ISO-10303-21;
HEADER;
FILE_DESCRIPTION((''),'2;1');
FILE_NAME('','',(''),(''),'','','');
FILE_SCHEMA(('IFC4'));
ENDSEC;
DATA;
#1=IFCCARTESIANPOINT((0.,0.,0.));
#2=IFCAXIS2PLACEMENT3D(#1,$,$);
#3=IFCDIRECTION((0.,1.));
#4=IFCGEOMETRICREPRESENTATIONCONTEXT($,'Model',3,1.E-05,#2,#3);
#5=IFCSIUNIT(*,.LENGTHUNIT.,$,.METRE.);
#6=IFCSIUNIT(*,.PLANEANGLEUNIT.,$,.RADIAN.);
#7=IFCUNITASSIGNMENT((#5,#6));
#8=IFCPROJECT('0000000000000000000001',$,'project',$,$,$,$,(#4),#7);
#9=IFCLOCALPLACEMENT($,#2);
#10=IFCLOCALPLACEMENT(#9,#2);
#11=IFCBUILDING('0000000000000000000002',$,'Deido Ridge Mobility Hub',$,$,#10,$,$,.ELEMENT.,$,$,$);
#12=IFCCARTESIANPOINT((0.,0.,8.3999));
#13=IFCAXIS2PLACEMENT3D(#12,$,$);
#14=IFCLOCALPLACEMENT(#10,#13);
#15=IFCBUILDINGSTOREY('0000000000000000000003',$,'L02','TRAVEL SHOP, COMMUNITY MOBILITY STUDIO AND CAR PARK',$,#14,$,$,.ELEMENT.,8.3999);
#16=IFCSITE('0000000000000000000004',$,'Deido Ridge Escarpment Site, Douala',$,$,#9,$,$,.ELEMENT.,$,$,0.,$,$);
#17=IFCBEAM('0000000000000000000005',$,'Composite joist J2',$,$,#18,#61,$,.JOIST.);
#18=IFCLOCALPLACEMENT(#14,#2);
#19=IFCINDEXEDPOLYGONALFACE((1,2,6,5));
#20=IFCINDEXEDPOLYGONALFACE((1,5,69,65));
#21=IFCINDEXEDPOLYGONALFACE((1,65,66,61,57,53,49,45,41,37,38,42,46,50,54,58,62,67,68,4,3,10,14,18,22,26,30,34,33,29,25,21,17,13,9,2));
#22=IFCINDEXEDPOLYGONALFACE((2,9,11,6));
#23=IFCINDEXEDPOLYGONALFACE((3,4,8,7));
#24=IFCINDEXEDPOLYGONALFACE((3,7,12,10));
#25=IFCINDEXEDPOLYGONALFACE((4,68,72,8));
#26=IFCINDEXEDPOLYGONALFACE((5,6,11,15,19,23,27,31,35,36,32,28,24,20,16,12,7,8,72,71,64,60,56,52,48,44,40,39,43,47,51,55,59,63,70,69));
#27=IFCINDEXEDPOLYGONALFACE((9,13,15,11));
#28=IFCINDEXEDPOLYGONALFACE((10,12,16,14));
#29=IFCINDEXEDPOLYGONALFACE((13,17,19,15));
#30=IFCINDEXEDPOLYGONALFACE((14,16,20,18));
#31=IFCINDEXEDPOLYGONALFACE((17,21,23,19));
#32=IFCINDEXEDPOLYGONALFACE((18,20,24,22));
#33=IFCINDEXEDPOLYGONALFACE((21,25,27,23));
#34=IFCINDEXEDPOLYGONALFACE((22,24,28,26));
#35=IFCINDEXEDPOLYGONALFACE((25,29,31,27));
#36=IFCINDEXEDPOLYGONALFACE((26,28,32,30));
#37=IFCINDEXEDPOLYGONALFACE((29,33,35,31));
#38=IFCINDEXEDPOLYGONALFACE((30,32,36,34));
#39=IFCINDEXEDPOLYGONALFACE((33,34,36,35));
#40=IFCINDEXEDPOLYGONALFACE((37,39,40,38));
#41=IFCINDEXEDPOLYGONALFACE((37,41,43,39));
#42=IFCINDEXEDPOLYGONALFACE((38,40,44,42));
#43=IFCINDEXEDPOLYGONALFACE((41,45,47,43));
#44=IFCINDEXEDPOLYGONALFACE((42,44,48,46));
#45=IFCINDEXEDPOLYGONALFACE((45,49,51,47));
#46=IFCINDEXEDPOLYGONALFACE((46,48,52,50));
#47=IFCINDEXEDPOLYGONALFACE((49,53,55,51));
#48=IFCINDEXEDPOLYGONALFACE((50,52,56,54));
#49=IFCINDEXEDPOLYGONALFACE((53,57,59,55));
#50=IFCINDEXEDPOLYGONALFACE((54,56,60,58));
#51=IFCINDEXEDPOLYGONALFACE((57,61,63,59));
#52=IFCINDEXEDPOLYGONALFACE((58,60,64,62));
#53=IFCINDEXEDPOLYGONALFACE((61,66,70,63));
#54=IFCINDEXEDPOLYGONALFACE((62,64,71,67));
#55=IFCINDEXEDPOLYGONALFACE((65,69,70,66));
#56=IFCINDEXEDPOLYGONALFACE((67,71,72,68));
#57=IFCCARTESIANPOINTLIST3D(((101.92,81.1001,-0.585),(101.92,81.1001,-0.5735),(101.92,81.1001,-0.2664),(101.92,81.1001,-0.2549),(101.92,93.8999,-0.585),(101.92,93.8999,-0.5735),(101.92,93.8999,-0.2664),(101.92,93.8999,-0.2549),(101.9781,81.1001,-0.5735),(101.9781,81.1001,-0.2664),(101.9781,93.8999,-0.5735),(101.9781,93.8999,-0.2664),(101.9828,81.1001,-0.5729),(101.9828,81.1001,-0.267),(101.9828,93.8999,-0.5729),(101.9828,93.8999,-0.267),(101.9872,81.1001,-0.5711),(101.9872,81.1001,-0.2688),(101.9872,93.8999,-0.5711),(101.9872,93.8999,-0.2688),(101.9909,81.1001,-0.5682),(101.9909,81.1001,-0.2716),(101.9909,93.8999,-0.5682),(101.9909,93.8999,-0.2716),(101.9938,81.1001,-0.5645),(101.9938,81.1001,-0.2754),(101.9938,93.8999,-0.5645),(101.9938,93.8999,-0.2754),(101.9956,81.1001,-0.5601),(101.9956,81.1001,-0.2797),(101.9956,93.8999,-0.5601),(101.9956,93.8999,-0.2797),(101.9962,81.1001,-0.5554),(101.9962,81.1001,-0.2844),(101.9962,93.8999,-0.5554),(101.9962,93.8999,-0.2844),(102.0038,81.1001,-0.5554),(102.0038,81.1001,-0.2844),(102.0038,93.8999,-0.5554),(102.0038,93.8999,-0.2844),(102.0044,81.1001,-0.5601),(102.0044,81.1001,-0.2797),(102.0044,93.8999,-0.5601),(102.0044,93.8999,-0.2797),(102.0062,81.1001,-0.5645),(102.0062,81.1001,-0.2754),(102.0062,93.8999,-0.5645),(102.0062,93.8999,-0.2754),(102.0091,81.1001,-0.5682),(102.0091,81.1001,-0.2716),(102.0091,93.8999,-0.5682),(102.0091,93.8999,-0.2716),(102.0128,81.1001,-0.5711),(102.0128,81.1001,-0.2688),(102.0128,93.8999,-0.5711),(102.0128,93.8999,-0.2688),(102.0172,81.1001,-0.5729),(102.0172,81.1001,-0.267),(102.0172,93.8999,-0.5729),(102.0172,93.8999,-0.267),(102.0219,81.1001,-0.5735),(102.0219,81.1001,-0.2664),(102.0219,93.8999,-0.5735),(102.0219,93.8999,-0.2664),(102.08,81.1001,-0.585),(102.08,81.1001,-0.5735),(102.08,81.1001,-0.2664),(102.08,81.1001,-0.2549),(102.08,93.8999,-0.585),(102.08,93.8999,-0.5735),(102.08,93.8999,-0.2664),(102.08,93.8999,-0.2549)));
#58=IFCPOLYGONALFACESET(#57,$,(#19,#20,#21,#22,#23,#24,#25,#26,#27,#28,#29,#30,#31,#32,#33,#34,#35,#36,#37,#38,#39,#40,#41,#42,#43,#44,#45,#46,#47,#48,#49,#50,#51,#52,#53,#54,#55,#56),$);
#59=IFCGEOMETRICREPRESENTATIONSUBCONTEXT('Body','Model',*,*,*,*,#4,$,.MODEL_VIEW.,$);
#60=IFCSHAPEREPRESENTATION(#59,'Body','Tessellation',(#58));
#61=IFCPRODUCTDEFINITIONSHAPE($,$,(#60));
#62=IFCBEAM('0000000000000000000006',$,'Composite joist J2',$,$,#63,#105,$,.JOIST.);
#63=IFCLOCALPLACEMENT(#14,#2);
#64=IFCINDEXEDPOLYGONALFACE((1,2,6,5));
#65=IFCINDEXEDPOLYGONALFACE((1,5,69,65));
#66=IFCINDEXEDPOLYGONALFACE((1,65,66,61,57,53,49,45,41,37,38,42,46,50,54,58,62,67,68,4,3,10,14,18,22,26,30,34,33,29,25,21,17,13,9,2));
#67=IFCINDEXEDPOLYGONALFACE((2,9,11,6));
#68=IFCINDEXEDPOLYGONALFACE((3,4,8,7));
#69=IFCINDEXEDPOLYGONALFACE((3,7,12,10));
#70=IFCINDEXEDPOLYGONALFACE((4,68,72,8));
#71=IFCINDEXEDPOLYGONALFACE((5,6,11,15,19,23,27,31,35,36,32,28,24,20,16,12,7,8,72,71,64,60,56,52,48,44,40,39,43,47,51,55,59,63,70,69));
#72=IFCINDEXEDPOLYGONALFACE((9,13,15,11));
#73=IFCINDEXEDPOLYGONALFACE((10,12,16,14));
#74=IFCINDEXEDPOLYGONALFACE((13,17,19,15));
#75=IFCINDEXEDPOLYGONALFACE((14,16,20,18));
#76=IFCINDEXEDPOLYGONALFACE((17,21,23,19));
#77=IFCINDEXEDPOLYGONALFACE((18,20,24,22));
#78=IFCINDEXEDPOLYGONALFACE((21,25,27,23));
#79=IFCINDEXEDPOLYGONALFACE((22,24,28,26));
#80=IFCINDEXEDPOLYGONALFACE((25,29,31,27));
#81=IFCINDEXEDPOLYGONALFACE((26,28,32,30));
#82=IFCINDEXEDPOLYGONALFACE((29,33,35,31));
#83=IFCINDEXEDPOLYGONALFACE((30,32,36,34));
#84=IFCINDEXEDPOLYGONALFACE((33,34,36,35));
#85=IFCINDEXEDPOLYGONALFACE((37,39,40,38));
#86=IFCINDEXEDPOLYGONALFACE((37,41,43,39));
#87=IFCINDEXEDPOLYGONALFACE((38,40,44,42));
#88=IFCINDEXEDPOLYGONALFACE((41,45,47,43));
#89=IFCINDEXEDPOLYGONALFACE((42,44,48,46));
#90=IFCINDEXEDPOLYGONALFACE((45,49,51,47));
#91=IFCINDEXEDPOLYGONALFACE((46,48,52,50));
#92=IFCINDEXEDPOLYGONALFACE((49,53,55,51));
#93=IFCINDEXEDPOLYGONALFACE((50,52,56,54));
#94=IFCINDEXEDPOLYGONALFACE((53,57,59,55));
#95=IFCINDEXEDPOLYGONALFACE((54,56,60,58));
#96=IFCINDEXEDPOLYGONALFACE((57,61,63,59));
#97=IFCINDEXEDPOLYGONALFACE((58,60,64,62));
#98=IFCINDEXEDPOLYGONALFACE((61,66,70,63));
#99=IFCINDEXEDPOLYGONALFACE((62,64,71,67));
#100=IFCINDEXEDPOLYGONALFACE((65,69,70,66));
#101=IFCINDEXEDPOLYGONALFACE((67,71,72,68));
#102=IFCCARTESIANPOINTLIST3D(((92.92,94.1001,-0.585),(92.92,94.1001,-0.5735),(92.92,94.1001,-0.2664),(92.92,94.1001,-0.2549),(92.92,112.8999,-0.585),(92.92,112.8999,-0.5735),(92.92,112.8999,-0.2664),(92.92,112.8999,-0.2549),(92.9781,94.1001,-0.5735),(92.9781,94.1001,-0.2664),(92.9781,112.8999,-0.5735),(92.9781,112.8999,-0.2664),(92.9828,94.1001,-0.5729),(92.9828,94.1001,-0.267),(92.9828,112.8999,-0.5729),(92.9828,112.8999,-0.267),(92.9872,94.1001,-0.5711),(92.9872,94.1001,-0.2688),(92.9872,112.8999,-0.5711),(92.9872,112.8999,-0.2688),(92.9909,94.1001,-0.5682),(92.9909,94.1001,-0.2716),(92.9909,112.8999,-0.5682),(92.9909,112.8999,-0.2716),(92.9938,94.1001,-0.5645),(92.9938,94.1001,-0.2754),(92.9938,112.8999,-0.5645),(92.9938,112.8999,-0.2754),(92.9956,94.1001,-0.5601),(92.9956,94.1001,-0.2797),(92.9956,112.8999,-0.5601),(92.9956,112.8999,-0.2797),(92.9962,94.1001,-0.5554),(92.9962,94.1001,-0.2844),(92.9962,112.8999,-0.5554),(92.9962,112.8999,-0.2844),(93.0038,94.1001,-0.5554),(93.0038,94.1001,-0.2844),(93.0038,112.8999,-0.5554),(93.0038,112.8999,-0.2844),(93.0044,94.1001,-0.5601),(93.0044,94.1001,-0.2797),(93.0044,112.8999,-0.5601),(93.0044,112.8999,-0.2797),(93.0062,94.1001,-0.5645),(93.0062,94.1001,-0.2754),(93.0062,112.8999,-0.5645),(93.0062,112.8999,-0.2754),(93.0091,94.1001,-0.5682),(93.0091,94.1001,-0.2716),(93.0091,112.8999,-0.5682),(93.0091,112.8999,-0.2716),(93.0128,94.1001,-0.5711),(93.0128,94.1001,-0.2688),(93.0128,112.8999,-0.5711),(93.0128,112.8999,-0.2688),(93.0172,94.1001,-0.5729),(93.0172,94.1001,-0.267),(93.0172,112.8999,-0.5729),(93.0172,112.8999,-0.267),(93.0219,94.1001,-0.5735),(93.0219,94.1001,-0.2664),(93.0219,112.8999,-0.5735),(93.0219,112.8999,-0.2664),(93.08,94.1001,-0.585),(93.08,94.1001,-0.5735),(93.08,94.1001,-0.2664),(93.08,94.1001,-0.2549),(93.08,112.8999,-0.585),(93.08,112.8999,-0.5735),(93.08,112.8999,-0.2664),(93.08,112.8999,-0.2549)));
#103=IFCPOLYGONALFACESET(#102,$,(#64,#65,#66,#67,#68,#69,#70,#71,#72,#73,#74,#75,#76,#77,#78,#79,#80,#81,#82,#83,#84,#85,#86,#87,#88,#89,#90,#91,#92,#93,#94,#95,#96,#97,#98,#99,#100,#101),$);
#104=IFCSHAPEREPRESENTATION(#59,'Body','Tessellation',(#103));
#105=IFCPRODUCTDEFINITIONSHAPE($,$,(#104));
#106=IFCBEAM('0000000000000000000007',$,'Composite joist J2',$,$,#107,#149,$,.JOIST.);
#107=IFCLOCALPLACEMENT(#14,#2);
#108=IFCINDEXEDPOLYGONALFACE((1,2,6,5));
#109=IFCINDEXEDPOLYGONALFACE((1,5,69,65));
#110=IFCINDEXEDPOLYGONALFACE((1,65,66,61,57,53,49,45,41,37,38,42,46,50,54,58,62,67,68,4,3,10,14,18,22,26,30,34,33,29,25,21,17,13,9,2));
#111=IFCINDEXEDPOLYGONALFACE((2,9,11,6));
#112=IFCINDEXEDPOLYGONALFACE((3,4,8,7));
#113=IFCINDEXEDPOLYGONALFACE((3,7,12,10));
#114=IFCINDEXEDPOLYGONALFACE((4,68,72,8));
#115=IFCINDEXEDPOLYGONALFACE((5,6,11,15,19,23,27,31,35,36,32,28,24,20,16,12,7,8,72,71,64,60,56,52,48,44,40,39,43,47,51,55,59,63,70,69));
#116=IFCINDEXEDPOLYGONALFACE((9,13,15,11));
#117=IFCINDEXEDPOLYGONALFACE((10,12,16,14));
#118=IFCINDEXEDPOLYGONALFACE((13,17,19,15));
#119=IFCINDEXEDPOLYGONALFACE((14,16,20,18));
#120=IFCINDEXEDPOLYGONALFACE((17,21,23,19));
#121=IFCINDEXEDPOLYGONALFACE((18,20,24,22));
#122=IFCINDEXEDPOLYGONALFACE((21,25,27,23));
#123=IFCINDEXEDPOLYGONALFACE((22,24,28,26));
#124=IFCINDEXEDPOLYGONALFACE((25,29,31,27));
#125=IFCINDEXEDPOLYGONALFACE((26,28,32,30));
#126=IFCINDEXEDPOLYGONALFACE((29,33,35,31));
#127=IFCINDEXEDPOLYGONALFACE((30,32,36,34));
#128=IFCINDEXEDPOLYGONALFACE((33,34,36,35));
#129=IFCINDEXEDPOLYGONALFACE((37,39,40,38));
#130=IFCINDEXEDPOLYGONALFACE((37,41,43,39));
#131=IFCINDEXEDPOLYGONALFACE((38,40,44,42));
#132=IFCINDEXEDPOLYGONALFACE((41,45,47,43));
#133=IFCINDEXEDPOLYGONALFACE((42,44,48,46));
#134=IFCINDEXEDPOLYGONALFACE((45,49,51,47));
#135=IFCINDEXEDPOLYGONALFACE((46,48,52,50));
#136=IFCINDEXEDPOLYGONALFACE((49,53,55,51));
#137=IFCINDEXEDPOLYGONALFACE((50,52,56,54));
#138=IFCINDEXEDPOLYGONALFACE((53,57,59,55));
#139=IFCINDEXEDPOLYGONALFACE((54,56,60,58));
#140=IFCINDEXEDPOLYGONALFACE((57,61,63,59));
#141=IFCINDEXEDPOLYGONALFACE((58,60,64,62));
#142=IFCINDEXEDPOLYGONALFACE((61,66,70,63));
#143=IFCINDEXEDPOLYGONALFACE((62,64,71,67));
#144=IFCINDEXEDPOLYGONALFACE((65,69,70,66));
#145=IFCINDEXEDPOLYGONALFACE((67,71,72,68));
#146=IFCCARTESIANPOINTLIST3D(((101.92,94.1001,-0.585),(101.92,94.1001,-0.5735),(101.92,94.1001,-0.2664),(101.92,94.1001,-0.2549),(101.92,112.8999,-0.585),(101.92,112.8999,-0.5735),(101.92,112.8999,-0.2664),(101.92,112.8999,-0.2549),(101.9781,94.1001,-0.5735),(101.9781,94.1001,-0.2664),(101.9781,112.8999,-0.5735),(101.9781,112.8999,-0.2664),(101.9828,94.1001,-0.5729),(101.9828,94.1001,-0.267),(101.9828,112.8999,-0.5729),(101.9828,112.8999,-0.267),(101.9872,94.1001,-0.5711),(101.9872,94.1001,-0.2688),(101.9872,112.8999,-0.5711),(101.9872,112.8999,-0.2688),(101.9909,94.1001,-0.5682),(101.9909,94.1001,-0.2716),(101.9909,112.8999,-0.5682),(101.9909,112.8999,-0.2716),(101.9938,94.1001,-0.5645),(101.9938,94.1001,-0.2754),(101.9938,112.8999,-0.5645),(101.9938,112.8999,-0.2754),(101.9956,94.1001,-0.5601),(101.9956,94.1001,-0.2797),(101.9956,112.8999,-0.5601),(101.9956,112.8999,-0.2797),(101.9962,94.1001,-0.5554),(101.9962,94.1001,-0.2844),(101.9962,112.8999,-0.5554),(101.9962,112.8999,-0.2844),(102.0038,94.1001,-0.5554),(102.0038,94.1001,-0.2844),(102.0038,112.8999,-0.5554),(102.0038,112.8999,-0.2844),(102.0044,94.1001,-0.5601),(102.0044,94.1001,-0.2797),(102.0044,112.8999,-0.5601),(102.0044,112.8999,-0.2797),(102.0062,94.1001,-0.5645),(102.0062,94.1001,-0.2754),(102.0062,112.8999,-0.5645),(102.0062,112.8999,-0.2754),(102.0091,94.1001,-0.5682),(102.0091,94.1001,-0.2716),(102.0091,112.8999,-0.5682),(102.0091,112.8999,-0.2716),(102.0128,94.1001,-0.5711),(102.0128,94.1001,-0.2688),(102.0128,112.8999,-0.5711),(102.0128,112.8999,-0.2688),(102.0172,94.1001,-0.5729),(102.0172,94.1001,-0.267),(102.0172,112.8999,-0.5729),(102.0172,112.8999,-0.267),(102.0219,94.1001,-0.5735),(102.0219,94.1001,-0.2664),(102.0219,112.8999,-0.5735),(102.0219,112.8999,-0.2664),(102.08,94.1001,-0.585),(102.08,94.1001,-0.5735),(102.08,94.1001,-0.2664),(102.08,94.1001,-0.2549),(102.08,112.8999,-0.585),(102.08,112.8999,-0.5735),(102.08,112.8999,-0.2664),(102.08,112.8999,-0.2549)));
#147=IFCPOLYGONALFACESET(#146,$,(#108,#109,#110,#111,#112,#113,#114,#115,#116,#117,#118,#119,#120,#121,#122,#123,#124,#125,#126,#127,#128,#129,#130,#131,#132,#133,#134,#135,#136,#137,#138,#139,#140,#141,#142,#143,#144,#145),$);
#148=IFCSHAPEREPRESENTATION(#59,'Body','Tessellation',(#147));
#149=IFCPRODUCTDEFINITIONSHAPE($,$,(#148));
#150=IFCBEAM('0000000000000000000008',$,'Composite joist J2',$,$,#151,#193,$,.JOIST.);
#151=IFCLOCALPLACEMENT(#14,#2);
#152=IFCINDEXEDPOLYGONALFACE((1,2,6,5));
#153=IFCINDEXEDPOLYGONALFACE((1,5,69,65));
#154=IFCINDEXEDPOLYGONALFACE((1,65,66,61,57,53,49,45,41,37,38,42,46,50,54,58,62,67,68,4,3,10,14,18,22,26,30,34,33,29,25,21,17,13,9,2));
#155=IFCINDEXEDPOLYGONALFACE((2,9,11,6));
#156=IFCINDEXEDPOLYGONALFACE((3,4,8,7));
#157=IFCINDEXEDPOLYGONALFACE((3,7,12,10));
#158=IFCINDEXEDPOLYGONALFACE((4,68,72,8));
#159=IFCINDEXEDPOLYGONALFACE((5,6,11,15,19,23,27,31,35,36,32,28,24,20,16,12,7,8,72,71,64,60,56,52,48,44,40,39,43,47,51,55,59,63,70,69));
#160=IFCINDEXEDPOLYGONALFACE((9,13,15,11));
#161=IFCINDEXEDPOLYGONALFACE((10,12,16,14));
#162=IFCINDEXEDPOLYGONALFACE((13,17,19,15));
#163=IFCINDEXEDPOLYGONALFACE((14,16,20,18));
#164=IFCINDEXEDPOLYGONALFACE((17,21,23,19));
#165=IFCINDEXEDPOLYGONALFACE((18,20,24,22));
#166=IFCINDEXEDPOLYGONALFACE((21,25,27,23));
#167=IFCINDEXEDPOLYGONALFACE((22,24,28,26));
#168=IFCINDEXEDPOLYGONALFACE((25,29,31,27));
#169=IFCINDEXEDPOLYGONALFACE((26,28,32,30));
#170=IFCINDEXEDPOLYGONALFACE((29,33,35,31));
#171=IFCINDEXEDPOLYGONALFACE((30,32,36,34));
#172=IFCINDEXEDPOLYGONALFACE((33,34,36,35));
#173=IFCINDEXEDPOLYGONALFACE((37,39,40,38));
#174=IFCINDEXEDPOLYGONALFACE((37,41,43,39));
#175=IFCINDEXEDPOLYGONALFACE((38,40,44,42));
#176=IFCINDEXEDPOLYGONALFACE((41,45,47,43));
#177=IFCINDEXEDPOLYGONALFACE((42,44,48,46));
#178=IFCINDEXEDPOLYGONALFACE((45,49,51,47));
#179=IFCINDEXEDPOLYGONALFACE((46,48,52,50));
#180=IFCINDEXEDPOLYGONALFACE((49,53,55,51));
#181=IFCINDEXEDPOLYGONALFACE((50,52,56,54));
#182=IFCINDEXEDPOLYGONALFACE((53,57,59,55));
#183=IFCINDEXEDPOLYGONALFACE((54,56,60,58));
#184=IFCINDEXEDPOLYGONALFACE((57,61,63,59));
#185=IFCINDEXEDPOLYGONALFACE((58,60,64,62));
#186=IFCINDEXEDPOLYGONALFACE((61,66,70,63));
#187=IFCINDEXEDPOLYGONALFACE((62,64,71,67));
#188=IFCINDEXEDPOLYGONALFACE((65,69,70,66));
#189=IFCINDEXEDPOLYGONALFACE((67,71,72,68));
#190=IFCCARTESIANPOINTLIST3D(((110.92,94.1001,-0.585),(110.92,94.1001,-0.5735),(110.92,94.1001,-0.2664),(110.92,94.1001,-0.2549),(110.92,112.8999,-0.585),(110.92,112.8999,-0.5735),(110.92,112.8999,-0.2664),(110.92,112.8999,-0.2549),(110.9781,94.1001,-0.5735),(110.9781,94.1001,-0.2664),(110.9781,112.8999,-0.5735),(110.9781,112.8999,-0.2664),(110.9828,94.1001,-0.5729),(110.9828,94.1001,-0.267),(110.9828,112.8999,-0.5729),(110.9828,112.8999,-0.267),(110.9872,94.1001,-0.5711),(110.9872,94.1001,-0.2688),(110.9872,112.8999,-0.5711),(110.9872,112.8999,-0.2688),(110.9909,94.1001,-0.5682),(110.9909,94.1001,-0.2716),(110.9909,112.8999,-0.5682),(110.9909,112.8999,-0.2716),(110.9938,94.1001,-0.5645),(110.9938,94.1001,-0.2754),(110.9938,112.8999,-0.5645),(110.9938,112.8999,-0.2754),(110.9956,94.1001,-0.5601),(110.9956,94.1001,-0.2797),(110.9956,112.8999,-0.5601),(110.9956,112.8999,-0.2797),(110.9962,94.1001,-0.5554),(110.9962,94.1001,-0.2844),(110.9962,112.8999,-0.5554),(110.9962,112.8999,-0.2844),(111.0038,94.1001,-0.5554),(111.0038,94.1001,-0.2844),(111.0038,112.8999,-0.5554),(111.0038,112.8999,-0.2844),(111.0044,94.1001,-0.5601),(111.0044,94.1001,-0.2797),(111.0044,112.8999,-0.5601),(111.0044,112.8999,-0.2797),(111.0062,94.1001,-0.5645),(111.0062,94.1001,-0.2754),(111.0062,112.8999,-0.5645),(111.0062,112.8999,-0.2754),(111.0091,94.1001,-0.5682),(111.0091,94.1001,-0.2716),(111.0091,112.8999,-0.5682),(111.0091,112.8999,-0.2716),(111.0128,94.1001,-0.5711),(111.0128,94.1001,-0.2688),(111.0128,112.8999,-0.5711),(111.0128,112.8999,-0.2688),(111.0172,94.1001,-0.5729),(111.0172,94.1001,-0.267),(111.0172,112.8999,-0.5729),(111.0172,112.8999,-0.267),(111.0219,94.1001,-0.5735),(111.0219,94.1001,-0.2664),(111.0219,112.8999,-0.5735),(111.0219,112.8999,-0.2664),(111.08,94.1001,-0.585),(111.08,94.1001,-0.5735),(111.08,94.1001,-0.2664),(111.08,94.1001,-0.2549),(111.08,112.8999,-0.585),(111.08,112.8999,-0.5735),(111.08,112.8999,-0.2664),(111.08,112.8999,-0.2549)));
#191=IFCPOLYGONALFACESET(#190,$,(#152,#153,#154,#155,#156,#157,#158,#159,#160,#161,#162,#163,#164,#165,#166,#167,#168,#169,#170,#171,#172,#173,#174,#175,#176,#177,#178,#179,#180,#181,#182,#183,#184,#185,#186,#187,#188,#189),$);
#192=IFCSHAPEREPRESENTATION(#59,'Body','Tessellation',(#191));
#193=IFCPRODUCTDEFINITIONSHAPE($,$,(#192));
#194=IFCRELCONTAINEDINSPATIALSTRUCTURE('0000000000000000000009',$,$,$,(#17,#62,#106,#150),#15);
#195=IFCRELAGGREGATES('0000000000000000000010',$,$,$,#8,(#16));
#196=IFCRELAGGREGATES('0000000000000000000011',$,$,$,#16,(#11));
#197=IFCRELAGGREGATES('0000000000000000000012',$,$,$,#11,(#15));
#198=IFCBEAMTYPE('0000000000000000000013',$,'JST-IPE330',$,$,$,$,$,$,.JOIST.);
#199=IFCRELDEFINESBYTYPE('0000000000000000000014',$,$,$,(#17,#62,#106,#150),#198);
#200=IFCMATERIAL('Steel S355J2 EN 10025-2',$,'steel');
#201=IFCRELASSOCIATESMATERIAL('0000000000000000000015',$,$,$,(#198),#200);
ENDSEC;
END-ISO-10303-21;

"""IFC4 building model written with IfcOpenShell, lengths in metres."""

from ifc_helpers import new_model, si_unit, direction, frame, origin, origin_2d, place, context, subcontext, project, spatial, i_section, extrude, material, material_profile, profile_set, type_object, element, save


model = new_model("IFC4")

# Units and contexts
model_context = context("Model", 3, precision=1e-05, world=origin(), true_north=direction((0.0, 1.0)))
body_context = subcontext(model_context, "Body", "Model", "MODEL_VIEW")
ifc_project = project(units=[si_unit("LENGTHUNIT", "METRE"), si_unit("PLANEANGLEUNIT", "RADIAN")], contexts=[model_context])

# Site, building, storey
site_placement = place(None, origin())
site = spatial("IfcSite", under=ifc_project, at=site_placement, Name="Deido Ridge Escarpment Site, Douala", CompositionType="ELEMENT", RefElevation=0.0)
building_placement = place(site_placement, origin())
building = spatial("IfcBuilding", under=site, at=building_placement, Name="Deido Ridge Mobility Hub", CompositionType="ELEMENT")
storey_placement = place(building_placement, frame((0.0, 0.0, 8.3999)))
storey = spatial("IfcBuildingStorey", under=building, at=storey_placement, Name="L02", Description="TRAVEL SHOP, COMMUNITY MOBILITY STUDIO AND CAR PARK", CompositionType="ELEMENT", Elevation=8.3999)

# Shared definitions
ifc_material_1 = material(Name="Steel S355J2 EN 10025-2", Category="steel")

# Beams
ifc_material_profile_1 = material_profile(ifc_material_1, i_section(OverallWidth=0.1599, OverallDepth=0.3301, WebThickness=0.0076, FlangeThickness=0.0115, FilletRadius=0.0181, at=origin_2d()), Name="IPE 330")
ifc_profile_set_1 = profile_set([ifc_material_profile_1], Name="Steel S355J2 EN 10025-2")
beam_type_1 = type_object("IfcBeamType", Name="JST-IPE330", PredefinedType="JOIST", material=ifc_profile_set_1)
beam_1_placement = place(storey_placement, frame((102.0, 81.1001, -0.4199), z_axis=(0.0, 1.0, 0.0), x_axis=(-1.0, 0.0, 0.0)))
element("IfcBeam", 1, at=beam_1_placement, inside=storey, type_object=beam_type_1, Name="Composite joist J2", PredefinedType="JOIST", context=body_context, shape_type="SweptSolid", body=[
    extrude(i_section(OverallWidth=0.1599, OverallDepth=0.3301, WebThickness=0.0076, FlangeThickness=0.0115, FilletRadius=0.0181, at=origin_2d()), origin(), (0.0, 0.0, 1.0), 12.7998),
])
for number, where, z_axis, x_axis, name in (
    (2, (93.0, 94.1001, -0.4199), (0.0, 1.0, 0.0), (-1.0, 0.0, 0.0), "Composite joist J2"),
    (3, (102.0, 94.1001, -0.4199), (0.0, 1.0, 0.0), (-1.0, 0.0, 0.0), "Composite joist J2"),
    (4, (111.0, 94.1001, -0.4199), (0.0, 1.0, 0.0), (-1.0, 0.0, 0.0), "Composite joist J2"),
):
    element("IfcBeam", number, at=place(storey_placement, frame(where, z_axis=z_axis, x_axis=x_axis)), inside=storey, type_object=beam_type_1, Name=name, PredefinedType="JOIST", context=body_context, shape_type="SweptSolid", body=[
        extrude(i_section(OverallWidth=0.1599, OverallDepth=0.3301, WebThickness=0.0076, FlangeThickness=0.0115, FilletRadius=0.0181, at=origin_2d()), origin(), (0.0, 0.0, 1.0), 18.7998),
    ])

save(model, "model.ifc")
